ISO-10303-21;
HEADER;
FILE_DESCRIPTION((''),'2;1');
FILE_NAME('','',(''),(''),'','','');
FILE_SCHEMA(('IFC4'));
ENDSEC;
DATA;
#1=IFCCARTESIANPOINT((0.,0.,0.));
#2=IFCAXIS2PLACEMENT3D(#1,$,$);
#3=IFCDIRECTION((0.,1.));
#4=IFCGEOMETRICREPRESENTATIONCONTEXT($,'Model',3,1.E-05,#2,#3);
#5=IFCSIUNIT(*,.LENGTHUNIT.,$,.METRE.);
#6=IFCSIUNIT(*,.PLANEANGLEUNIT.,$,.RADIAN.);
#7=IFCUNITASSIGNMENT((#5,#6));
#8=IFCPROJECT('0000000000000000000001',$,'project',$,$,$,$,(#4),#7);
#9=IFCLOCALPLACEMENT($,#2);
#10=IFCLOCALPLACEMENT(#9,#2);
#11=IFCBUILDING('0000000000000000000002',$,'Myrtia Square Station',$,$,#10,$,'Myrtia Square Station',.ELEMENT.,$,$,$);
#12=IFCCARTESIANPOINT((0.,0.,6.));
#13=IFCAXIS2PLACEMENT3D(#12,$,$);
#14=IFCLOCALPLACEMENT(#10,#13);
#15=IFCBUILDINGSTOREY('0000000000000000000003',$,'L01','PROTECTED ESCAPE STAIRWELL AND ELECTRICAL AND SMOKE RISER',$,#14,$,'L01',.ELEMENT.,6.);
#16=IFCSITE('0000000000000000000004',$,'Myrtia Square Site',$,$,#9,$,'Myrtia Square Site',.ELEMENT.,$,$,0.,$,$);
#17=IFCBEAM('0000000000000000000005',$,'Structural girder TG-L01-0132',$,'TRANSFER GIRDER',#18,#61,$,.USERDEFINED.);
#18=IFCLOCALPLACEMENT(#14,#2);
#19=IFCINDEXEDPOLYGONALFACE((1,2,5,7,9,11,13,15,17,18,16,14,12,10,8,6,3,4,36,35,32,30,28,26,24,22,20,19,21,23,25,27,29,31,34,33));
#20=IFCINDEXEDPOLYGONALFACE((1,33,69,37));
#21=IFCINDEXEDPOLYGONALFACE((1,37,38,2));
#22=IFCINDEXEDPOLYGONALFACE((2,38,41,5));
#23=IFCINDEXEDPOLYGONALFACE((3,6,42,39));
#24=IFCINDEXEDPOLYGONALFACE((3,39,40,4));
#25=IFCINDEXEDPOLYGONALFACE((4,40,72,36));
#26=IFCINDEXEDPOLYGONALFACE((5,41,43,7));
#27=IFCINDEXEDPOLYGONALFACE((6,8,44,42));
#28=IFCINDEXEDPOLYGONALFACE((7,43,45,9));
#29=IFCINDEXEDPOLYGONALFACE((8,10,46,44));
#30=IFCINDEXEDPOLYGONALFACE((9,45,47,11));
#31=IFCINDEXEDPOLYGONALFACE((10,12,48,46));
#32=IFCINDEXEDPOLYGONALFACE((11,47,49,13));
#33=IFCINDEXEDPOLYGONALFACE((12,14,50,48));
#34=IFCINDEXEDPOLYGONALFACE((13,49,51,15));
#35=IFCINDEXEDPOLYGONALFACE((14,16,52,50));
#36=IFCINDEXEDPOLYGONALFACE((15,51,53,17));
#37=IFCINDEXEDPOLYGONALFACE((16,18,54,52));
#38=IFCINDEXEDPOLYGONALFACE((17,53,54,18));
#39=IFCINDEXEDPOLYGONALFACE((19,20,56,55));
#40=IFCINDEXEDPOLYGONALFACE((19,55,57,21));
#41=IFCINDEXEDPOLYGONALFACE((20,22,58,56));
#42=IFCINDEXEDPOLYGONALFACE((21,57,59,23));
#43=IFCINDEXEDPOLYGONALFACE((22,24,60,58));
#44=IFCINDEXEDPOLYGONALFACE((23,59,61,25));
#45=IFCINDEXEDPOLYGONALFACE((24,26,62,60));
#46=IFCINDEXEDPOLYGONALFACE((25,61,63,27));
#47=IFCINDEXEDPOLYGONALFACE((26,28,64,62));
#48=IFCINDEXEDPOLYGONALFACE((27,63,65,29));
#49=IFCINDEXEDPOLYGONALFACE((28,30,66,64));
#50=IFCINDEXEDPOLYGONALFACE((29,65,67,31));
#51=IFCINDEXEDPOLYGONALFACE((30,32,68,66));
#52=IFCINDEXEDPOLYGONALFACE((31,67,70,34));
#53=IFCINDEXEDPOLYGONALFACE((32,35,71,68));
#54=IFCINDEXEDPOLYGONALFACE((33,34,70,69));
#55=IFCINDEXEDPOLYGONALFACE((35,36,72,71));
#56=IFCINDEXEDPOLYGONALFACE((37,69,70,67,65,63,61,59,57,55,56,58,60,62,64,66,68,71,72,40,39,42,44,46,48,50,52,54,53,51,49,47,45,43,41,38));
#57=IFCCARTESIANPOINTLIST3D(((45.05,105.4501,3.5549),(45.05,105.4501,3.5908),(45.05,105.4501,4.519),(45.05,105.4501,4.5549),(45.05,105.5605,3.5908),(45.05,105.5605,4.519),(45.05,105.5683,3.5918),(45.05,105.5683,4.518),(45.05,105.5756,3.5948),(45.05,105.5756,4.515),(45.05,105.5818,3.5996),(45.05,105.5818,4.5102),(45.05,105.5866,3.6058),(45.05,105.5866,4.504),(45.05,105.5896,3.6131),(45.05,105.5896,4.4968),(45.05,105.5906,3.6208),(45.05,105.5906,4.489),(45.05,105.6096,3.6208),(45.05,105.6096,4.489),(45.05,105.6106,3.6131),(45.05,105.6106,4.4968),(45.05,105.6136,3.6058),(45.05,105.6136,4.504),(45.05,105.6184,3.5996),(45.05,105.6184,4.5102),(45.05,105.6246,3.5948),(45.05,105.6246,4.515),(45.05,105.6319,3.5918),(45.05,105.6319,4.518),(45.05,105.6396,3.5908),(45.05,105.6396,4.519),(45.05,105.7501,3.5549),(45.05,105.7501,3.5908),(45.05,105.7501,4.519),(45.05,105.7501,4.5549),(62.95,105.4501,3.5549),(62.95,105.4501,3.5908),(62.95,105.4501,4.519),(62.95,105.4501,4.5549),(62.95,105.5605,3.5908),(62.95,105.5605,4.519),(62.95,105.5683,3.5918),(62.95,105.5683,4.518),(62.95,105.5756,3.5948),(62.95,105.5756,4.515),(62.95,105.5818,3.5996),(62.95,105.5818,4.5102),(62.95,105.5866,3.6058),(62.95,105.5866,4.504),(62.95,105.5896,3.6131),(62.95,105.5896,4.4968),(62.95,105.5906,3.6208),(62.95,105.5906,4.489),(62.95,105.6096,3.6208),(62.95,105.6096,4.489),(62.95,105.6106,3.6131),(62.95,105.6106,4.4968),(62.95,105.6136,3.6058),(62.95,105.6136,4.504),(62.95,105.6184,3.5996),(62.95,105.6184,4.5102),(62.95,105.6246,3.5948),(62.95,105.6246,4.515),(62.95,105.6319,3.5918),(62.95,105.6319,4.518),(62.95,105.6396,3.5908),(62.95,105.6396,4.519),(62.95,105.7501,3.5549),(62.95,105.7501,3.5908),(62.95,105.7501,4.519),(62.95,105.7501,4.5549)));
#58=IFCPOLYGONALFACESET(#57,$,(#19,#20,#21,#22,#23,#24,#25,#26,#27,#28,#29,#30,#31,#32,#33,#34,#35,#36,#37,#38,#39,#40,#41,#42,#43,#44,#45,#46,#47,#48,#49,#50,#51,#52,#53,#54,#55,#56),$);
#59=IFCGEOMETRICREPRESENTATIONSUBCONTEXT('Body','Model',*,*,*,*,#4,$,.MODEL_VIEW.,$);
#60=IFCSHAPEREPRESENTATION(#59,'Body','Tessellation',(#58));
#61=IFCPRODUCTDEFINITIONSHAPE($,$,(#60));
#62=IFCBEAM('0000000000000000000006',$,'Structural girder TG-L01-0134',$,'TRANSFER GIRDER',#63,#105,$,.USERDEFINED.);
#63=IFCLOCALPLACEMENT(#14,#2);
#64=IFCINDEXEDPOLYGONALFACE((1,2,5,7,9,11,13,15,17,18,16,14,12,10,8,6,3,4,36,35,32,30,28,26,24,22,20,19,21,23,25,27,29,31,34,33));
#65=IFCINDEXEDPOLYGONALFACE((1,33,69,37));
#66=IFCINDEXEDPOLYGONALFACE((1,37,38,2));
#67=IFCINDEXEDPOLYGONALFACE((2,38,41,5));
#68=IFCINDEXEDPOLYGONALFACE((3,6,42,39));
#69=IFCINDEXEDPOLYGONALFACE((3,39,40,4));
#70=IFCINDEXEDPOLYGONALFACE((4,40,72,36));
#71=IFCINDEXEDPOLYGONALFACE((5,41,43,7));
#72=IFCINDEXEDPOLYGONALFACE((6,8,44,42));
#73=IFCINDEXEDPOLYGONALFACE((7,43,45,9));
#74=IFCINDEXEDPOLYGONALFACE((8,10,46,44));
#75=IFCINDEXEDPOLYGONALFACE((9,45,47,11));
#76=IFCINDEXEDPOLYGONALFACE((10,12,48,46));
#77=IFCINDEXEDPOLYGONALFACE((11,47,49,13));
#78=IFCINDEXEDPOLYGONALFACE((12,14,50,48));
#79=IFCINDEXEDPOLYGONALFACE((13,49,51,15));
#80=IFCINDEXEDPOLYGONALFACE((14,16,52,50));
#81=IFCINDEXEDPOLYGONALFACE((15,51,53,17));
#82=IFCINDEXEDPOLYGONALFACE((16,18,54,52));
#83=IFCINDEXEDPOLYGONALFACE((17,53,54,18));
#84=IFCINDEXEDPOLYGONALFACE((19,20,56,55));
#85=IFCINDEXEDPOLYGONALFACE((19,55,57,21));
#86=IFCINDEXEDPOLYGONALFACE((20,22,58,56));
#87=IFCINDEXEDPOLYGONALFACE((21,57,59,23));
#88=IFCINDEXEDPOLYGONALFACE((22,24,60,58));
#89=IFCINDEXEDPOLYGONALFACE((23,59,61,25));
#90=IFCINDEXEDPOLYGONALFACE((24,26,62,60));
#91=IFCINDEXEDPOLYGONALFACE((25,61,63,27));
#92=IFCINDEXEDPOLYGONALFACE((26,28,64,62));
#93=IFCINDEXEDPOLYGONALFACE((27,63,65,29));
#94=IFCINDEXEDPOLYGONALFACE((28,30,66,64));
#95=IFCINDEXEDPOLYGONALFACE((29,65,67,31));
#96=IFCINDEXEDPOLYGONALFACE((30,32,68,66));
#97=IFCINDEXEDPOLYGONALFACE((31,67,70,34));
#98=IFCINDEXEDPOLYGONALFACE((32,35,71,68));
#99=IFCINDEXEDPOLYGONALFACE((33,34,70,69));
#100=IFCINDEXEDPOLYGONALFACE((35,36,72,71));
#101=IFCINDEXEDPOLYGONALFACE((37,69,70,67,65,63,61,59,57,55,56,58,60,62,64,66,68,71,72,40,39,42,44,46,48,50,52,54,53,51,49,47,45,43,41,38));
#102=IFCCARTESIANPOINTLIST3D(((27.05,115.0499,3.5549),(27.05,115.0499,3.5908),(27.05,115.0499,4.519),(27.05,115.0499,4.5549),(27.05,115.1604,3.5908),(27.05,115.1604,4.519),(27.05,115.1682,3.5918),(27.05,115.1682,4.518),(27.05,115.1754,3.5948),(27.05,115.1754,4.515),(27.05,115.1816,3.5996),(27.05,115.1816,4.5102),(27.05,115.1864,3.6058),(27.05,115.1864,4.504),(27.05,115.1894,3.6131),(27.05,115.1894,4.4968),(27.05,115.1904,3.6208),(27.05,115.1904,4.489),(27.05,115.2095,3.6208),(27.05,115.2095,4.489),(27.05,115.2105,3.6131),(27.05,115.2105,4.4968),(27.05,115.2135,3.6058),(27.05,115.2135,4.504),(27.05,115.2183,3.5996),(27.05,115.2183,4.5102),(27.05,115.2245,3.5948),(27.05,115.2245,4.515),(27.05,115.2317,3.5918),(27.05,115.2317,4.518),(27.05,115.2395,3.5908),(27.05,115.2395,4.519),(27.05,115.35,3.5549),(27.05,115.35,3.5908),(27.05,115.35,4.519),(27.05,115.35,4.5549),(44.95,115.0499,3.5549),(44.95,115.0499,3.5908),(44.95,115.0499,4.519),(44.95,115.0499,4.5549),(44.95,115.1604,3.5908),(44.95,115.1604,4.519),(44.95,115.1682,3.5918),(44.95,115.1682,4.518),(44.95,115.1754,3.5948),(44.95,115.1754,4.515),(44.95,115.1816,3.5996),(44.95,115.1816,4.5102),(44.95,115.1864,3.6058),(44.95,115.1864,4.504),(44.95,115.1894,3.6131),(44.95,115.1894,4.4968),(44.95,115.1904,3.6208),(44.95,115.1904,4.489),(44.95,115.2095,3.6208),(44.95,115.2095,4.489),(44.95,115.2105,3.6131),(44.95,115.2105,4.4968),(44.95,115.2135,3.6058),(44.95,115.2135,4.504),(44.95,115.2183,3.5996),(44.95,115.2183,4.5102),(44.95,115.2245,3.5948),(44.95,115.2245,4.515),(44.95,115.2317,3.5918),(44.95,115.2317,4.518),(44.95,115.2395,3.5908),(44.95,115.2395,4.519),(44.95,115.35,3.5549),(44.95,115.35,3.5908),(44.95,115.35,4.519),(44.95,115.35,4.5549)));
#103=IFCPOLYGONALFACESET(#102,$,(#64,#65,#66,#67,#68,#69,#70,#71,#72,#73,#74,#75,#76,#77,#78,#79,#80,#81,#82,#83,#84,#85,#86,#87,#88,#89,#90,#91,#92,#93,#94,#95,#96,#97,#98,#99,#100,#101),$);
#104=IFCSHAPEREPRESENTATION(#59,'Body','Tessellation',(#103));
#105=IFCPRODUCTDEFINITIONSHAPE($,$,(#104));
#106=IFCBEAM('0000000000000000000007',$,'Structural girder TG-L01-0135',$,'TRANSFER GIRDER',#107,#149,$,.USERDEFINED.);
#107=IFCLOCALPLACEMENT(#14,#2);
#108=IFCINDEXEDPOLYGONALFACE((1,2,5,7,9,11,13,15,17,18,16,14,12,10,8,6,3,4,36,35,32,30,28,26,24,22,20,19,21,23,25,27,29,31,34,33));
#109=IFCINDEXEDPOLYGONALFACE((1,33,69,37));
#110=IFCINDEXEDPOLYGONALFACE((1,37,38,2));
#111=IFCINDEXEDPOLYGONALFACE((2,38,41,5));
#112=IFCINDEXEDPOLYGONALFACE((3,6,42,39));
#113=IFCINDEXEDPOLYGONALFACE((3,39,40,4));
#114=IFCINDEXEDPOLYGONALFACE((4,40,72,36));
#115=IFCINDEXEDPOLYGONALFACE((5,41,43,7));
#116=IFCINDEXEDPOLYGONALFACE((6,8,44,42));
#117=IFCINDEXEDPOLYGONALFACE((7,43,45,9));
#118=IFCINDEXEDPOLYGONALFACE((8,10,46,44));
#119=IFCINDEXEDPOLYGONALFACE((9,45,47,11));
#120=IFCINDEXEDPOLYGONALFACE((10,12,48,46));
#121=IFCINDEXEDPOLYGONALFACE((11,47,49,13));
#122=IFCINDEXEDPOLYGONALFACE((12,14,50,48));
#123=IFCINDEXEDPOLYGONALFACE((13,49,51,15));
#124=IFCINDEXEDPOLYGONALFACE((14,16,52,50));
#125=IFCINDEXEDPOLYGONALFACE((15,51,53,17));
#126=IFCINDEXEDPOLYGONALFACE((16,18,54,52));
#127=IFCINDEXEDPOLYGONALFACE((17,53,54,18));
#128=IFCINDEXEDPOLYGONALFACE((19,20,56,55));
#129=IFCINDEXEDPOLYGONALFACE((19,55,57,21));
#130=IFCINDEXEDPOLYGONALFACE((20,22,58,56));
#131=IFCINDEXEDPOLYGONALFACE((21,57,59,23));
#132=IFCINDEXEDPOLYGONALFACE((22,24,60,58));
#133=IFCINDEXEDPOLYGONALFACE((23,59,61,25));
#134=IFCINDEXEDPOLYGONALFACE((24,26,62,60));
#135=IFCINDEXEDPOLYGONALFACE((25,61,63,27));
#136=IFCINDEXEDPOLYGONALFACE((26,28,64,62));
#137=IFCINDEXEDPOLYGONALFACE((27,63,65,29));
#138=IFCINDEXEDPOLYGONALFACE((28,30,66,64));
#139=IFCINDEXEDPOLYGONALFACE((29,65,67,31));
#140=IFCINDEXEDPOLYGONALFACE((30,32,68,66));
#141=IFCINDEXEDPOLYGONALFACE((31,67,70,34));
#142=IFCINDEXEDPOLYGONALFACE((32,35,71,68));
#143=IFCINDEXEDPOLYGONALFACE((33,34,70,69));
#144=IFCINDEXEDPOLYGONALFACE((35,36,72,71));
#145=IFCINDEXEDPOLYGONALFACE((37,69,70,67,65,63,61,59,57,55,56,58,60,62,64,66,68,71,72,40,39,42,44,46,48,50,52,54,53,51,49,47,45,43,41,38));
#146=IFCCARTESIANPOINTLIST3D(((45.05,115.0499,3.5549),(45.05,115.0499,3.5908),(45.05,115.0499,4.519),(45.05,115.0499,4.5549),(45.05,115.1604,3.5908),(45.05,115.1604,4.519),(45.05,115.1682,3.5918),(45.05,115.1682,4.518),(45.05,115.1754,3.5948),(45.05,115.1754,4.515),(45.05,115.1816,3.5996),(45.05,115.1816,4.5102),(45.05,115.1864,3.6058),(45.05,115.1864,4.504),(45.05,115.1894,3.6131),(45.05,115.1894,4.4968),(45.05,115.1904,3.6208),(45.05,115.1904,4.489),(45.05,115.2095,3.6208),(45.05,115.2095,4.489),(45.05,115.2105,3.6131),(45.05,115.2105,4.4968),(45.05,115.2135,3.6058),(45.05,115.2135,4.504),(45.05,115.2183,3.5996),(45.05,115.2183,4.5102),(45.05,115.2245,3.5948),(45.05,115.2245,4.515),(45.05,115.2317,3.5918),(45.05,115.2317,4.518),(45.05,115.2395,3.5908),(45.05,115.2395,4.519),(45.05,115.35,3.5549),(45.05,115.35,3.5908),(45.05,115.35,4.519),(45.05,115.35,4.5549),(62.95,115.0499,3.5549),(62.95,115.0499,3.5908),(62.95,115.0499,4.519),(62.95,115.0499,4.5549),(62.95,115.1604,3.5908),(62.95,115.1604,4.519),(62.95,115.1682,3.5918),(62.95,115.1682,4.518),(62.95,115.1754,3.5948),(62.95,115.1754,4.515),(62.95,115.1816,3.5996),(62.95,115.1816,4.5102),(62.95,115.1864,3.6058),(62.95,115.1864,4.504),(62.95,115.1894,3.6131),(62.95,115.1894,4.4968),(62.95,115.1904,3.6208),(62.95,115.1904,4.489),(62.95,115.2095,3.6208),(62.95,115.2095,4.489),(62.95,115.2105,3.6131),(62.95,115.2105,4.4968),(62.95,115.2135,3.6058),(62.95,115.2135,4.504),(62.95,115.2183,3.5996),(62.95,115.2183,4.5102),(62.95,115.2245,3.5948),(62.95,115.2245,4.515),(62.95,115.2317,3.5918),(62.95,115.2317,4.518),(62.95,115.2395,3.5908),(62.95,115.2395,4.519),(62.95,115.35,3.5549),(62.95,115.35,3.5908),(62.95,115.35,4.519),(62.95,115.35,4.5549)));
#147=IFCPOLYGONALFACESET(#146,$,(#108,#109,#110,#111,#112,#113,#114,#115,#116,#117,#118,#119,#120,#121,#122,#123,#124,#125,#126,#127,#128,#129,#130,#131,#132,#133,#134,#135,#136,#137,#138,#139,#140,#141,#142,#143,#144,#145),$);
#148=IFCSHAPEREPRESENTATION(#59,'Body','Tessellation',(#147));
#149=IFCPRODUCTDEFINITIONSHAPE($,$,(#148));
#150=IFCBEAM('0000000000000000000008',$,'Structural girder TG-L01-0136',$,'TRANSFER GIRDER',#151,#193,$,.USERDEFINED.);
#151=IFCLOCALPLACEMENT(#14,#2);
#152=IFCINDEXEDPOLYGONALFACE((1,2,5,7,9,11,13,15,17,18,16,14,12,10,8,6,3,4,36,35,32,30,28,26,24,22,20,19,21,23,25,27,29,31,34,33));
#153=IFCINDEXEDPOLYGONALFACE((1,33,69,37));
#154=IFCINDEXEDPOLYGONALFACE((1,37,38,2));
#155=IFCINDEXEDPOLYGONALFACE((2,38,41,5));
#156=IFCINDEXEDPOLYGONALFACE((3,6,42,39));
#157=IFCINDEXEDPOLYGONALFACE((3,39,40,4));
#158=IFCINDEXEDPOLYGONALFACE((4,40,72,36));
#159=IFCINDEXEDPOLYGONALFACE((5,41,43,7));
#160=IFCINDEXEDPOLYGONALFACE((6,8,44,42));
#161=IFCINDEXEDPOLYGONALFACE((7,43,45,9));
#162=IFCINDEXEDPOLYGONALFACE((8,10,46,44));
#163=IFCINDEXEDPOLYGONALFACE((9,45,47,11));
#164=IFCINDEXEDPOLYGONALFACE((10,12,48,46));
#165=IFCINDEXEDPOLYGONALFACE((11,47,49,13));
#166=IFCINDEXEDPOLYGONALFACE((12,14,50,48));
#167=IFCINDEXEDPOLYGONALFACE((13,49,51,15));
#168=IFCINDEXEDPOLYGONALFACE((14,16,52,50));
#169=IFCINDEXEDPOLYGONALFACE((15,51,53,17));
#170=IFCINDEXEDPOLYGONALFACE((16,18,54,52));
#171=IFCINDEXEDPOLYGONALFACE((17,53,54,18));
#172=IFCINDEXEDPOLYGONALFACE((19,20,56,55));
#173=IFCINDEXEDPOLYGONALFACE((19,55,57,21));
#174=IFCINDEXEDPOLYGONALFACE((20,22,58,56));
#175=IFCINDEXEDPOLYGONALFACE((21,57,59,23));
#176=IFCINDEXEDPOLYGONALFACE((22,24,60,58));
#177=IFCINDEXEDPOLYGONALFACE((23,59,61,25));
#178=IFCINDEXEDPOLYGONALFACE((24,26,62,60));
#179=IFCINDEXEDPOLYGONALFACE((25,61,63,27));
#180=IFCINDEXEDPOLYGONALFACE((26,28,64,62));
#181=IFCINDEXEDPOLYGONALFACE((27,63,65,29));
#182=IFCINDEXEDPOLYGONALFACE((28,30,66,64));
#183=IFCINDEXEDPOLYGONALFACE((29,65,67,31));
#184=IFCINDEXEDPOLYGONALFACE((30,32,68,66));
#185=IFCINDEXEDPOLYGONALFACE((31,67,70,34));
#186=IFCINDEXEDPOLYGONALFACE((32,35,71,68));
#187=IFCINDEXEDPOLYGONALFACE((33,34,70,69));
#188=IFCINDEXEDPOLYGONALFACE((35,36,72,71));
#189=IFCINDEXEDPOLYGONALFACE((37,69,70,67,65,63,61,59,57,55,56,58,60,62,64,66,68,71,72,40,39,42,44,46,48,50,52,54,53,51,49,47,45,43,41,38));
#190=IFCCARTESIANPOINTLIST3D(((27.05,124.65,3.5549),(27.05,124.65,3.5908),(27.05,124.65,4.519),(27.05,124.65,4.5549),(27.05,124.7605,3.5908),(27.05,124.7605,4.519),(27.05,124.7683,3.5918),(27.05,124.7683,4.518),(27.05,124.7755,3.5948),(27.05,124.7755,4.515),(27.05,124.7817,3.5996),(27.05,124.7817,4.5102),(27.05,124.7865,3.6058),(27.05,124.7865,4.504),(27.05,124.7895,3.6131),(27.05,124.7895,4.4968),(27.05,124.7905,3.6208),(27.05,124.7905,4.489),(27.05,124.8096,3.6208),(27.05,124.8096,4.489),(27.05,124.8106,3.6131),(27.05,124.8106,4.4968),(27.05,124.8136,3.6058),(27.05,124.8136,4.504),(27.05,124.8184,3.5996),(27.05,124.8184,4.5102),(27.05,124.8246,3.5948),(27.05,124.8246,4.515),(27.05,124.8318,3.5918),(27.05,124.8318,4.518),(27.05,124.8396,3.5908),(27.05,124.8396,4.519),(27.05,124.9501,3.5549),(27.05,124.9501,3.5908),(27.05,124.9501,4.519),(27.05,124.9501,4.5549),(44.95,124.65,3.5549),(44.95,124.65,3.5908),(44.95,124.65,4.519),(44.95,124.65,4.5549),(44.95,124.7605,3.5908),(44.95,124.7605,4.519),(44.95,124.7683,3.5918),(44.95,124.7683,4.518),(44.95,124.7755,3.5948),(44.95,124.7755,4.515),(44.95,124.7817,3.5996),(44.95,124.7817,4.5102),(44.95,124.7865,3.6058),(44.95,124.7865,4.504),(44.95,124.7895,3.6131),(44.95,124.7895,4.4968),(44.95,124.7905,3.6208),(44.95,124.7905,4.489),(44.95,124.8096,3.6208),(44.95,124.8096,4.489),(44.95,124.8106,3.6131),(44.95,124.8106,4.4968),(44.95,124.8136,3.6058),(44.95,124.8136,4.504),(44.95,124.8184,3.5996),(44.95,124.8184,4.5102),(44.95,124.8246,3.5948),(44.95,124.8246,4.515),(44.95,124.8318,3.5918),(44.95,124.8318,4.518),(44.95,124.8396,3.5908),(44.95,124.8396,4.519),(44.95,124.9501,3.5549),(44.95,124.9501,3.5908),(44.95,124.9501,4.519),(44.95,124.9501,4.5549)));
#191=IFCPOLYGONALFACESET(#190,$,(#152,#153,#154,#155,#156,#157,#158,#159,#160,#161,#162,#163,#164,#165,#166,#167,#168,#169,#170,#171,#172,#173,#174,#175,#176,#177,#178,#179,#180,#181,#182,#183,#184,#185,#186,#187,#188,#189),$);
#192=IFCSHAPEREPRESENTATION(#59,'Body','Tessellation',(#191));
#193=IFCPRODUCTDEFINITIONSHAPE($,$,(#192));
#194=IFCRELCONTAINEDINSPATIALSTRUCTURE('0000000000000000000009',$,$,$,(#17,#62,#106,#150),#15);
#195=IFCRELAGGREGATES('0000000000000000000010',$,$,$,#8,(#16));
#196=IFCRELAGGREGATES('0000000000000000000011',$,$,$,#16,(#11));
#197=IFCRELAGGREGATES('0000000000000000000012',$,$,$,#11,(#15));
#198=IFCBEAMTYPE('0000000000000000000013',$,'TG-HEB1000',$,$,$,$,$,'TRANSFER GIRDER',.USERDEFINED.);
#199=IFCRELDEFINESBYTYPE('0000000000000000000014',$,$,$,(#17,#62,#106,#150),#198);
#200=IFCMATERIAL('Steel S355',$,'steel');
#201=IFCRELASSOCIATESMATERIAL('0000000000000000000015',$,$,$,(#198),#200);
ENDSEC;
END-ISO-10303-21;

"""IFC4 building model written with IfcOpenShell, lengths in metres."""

from ifc_helpers import new_model, si_unit, direction, frame, origin, origin_2d, place, context, subcontext, project, spatial, i_section, extrude, material, material_profile, profile_set, type_object, element, save


model = new_model("IFC4")

# Units and contexts
model_context = context("Model", 3, precision=1e-05, world=origin(), true_north=direction((0.0, 1.0)))
body_context = subcontext(model_context, "Body", "Model", "MODEL_VIEW")
ifc_project = project(units=[si_unit("LENGTHUNIT", "METRE"), si_unit("PLANEANGLEUNIT", "RADIAN")], contexts=[model_context])

# Site, building, storey
site_placement = place(None, origin())
site = spatial("IfcSite", under=ifc_project, at=site_placement, Name="Myrtia Square Site", LongName="Myrtia Square Site", CompositionType="ELEMENT", RefElevation=0.0)
building_placement = place(site_placement, origin())
building = spatial("IfcBuilding", under=site, at=building_placement, Name="Myrtia Square Station", LongName="Myrtia Square Station", CompositionType="ELEMENT")
storey_placement = place(building_placement, frame((0.0, 0.0, 6.0)))
storey = spatial("IfcBuildingStorey", under=building, at=storey_placement, Name="L01", Description="PROTECTED ESCAPE STAIRWELL AND ELECTRICAL AND SMOKE RISER", LongName="L01", CompositionType="ELEMENT", Elevation=6.0)

# Shared definitions
ifc_material_1 = material(Name="Steel S355", Category="steel")

# Beams
ifc_material_profile_1 = material_profile(ifc_material_1, i_section(OverallWidth=0.3, OverallDepth=1.0, WebThickness=0.019, FlangeThickness=0.0359, FilletRadius=0.03, at=origin_2d()), Name="HEB 1000")
ifc_profile_set_1 = profile_set([ifc_material_profile_1], Name="Steel S355")
beam_type_1 = type_object("IfcBeamType", Name="TG-HEB1000", ElementType="TRANSFER GIRDER", PredefinedType="USERDEFINED", material=ifc_profile_set_1)
for number, where, z_axis, x_axis, name in (
    (1, (45.05, 105.6001, 4.0549), (1.0, 0.0, 0.0), (0.0, 1.0, 0.0), "Structural girder TG-L01-0132"),
    (2, (27.05, 115.2, 4.0549), (1.0, 0.0, 0.0), (0.0, 1.0, 0.0), "Structural girder TG-L01-0134"),
    (3, (45.05, 115.2, 4.0549), (1.0, 0.0, 0.0), (0.0, 1.0, 0.0), "Structural girder TG-L01-0135"),
    (4, (27.05, 124.8, 4.0549), (1.0, 0.0, 0.0), (0.0, 1.0, 0.0), "Structural girder TG-L01-0136"),
):
    element("IfcBeam", number, at=place(storey_placement, frame(where, z_axis=z_axis, x_axis=x_axis)), inside=storey, type_object=beam_type_1, Name=name, ObjectType="TRANSFER GIRDER", PredefinedType="USERDEFINED", context=body_context, shape_type="SweptSolid", body=[
        extrude(i_section(OverallWidth=0.3, OverallDepth=1.0, WebThickness=0.019, FlangeThickness=0.0359, FilletRadius=0.03, at=origin_2d()), origin(), (0.0, 0.0, 1.0), 17.8999),
    ])

save(model, "model.ifc")
